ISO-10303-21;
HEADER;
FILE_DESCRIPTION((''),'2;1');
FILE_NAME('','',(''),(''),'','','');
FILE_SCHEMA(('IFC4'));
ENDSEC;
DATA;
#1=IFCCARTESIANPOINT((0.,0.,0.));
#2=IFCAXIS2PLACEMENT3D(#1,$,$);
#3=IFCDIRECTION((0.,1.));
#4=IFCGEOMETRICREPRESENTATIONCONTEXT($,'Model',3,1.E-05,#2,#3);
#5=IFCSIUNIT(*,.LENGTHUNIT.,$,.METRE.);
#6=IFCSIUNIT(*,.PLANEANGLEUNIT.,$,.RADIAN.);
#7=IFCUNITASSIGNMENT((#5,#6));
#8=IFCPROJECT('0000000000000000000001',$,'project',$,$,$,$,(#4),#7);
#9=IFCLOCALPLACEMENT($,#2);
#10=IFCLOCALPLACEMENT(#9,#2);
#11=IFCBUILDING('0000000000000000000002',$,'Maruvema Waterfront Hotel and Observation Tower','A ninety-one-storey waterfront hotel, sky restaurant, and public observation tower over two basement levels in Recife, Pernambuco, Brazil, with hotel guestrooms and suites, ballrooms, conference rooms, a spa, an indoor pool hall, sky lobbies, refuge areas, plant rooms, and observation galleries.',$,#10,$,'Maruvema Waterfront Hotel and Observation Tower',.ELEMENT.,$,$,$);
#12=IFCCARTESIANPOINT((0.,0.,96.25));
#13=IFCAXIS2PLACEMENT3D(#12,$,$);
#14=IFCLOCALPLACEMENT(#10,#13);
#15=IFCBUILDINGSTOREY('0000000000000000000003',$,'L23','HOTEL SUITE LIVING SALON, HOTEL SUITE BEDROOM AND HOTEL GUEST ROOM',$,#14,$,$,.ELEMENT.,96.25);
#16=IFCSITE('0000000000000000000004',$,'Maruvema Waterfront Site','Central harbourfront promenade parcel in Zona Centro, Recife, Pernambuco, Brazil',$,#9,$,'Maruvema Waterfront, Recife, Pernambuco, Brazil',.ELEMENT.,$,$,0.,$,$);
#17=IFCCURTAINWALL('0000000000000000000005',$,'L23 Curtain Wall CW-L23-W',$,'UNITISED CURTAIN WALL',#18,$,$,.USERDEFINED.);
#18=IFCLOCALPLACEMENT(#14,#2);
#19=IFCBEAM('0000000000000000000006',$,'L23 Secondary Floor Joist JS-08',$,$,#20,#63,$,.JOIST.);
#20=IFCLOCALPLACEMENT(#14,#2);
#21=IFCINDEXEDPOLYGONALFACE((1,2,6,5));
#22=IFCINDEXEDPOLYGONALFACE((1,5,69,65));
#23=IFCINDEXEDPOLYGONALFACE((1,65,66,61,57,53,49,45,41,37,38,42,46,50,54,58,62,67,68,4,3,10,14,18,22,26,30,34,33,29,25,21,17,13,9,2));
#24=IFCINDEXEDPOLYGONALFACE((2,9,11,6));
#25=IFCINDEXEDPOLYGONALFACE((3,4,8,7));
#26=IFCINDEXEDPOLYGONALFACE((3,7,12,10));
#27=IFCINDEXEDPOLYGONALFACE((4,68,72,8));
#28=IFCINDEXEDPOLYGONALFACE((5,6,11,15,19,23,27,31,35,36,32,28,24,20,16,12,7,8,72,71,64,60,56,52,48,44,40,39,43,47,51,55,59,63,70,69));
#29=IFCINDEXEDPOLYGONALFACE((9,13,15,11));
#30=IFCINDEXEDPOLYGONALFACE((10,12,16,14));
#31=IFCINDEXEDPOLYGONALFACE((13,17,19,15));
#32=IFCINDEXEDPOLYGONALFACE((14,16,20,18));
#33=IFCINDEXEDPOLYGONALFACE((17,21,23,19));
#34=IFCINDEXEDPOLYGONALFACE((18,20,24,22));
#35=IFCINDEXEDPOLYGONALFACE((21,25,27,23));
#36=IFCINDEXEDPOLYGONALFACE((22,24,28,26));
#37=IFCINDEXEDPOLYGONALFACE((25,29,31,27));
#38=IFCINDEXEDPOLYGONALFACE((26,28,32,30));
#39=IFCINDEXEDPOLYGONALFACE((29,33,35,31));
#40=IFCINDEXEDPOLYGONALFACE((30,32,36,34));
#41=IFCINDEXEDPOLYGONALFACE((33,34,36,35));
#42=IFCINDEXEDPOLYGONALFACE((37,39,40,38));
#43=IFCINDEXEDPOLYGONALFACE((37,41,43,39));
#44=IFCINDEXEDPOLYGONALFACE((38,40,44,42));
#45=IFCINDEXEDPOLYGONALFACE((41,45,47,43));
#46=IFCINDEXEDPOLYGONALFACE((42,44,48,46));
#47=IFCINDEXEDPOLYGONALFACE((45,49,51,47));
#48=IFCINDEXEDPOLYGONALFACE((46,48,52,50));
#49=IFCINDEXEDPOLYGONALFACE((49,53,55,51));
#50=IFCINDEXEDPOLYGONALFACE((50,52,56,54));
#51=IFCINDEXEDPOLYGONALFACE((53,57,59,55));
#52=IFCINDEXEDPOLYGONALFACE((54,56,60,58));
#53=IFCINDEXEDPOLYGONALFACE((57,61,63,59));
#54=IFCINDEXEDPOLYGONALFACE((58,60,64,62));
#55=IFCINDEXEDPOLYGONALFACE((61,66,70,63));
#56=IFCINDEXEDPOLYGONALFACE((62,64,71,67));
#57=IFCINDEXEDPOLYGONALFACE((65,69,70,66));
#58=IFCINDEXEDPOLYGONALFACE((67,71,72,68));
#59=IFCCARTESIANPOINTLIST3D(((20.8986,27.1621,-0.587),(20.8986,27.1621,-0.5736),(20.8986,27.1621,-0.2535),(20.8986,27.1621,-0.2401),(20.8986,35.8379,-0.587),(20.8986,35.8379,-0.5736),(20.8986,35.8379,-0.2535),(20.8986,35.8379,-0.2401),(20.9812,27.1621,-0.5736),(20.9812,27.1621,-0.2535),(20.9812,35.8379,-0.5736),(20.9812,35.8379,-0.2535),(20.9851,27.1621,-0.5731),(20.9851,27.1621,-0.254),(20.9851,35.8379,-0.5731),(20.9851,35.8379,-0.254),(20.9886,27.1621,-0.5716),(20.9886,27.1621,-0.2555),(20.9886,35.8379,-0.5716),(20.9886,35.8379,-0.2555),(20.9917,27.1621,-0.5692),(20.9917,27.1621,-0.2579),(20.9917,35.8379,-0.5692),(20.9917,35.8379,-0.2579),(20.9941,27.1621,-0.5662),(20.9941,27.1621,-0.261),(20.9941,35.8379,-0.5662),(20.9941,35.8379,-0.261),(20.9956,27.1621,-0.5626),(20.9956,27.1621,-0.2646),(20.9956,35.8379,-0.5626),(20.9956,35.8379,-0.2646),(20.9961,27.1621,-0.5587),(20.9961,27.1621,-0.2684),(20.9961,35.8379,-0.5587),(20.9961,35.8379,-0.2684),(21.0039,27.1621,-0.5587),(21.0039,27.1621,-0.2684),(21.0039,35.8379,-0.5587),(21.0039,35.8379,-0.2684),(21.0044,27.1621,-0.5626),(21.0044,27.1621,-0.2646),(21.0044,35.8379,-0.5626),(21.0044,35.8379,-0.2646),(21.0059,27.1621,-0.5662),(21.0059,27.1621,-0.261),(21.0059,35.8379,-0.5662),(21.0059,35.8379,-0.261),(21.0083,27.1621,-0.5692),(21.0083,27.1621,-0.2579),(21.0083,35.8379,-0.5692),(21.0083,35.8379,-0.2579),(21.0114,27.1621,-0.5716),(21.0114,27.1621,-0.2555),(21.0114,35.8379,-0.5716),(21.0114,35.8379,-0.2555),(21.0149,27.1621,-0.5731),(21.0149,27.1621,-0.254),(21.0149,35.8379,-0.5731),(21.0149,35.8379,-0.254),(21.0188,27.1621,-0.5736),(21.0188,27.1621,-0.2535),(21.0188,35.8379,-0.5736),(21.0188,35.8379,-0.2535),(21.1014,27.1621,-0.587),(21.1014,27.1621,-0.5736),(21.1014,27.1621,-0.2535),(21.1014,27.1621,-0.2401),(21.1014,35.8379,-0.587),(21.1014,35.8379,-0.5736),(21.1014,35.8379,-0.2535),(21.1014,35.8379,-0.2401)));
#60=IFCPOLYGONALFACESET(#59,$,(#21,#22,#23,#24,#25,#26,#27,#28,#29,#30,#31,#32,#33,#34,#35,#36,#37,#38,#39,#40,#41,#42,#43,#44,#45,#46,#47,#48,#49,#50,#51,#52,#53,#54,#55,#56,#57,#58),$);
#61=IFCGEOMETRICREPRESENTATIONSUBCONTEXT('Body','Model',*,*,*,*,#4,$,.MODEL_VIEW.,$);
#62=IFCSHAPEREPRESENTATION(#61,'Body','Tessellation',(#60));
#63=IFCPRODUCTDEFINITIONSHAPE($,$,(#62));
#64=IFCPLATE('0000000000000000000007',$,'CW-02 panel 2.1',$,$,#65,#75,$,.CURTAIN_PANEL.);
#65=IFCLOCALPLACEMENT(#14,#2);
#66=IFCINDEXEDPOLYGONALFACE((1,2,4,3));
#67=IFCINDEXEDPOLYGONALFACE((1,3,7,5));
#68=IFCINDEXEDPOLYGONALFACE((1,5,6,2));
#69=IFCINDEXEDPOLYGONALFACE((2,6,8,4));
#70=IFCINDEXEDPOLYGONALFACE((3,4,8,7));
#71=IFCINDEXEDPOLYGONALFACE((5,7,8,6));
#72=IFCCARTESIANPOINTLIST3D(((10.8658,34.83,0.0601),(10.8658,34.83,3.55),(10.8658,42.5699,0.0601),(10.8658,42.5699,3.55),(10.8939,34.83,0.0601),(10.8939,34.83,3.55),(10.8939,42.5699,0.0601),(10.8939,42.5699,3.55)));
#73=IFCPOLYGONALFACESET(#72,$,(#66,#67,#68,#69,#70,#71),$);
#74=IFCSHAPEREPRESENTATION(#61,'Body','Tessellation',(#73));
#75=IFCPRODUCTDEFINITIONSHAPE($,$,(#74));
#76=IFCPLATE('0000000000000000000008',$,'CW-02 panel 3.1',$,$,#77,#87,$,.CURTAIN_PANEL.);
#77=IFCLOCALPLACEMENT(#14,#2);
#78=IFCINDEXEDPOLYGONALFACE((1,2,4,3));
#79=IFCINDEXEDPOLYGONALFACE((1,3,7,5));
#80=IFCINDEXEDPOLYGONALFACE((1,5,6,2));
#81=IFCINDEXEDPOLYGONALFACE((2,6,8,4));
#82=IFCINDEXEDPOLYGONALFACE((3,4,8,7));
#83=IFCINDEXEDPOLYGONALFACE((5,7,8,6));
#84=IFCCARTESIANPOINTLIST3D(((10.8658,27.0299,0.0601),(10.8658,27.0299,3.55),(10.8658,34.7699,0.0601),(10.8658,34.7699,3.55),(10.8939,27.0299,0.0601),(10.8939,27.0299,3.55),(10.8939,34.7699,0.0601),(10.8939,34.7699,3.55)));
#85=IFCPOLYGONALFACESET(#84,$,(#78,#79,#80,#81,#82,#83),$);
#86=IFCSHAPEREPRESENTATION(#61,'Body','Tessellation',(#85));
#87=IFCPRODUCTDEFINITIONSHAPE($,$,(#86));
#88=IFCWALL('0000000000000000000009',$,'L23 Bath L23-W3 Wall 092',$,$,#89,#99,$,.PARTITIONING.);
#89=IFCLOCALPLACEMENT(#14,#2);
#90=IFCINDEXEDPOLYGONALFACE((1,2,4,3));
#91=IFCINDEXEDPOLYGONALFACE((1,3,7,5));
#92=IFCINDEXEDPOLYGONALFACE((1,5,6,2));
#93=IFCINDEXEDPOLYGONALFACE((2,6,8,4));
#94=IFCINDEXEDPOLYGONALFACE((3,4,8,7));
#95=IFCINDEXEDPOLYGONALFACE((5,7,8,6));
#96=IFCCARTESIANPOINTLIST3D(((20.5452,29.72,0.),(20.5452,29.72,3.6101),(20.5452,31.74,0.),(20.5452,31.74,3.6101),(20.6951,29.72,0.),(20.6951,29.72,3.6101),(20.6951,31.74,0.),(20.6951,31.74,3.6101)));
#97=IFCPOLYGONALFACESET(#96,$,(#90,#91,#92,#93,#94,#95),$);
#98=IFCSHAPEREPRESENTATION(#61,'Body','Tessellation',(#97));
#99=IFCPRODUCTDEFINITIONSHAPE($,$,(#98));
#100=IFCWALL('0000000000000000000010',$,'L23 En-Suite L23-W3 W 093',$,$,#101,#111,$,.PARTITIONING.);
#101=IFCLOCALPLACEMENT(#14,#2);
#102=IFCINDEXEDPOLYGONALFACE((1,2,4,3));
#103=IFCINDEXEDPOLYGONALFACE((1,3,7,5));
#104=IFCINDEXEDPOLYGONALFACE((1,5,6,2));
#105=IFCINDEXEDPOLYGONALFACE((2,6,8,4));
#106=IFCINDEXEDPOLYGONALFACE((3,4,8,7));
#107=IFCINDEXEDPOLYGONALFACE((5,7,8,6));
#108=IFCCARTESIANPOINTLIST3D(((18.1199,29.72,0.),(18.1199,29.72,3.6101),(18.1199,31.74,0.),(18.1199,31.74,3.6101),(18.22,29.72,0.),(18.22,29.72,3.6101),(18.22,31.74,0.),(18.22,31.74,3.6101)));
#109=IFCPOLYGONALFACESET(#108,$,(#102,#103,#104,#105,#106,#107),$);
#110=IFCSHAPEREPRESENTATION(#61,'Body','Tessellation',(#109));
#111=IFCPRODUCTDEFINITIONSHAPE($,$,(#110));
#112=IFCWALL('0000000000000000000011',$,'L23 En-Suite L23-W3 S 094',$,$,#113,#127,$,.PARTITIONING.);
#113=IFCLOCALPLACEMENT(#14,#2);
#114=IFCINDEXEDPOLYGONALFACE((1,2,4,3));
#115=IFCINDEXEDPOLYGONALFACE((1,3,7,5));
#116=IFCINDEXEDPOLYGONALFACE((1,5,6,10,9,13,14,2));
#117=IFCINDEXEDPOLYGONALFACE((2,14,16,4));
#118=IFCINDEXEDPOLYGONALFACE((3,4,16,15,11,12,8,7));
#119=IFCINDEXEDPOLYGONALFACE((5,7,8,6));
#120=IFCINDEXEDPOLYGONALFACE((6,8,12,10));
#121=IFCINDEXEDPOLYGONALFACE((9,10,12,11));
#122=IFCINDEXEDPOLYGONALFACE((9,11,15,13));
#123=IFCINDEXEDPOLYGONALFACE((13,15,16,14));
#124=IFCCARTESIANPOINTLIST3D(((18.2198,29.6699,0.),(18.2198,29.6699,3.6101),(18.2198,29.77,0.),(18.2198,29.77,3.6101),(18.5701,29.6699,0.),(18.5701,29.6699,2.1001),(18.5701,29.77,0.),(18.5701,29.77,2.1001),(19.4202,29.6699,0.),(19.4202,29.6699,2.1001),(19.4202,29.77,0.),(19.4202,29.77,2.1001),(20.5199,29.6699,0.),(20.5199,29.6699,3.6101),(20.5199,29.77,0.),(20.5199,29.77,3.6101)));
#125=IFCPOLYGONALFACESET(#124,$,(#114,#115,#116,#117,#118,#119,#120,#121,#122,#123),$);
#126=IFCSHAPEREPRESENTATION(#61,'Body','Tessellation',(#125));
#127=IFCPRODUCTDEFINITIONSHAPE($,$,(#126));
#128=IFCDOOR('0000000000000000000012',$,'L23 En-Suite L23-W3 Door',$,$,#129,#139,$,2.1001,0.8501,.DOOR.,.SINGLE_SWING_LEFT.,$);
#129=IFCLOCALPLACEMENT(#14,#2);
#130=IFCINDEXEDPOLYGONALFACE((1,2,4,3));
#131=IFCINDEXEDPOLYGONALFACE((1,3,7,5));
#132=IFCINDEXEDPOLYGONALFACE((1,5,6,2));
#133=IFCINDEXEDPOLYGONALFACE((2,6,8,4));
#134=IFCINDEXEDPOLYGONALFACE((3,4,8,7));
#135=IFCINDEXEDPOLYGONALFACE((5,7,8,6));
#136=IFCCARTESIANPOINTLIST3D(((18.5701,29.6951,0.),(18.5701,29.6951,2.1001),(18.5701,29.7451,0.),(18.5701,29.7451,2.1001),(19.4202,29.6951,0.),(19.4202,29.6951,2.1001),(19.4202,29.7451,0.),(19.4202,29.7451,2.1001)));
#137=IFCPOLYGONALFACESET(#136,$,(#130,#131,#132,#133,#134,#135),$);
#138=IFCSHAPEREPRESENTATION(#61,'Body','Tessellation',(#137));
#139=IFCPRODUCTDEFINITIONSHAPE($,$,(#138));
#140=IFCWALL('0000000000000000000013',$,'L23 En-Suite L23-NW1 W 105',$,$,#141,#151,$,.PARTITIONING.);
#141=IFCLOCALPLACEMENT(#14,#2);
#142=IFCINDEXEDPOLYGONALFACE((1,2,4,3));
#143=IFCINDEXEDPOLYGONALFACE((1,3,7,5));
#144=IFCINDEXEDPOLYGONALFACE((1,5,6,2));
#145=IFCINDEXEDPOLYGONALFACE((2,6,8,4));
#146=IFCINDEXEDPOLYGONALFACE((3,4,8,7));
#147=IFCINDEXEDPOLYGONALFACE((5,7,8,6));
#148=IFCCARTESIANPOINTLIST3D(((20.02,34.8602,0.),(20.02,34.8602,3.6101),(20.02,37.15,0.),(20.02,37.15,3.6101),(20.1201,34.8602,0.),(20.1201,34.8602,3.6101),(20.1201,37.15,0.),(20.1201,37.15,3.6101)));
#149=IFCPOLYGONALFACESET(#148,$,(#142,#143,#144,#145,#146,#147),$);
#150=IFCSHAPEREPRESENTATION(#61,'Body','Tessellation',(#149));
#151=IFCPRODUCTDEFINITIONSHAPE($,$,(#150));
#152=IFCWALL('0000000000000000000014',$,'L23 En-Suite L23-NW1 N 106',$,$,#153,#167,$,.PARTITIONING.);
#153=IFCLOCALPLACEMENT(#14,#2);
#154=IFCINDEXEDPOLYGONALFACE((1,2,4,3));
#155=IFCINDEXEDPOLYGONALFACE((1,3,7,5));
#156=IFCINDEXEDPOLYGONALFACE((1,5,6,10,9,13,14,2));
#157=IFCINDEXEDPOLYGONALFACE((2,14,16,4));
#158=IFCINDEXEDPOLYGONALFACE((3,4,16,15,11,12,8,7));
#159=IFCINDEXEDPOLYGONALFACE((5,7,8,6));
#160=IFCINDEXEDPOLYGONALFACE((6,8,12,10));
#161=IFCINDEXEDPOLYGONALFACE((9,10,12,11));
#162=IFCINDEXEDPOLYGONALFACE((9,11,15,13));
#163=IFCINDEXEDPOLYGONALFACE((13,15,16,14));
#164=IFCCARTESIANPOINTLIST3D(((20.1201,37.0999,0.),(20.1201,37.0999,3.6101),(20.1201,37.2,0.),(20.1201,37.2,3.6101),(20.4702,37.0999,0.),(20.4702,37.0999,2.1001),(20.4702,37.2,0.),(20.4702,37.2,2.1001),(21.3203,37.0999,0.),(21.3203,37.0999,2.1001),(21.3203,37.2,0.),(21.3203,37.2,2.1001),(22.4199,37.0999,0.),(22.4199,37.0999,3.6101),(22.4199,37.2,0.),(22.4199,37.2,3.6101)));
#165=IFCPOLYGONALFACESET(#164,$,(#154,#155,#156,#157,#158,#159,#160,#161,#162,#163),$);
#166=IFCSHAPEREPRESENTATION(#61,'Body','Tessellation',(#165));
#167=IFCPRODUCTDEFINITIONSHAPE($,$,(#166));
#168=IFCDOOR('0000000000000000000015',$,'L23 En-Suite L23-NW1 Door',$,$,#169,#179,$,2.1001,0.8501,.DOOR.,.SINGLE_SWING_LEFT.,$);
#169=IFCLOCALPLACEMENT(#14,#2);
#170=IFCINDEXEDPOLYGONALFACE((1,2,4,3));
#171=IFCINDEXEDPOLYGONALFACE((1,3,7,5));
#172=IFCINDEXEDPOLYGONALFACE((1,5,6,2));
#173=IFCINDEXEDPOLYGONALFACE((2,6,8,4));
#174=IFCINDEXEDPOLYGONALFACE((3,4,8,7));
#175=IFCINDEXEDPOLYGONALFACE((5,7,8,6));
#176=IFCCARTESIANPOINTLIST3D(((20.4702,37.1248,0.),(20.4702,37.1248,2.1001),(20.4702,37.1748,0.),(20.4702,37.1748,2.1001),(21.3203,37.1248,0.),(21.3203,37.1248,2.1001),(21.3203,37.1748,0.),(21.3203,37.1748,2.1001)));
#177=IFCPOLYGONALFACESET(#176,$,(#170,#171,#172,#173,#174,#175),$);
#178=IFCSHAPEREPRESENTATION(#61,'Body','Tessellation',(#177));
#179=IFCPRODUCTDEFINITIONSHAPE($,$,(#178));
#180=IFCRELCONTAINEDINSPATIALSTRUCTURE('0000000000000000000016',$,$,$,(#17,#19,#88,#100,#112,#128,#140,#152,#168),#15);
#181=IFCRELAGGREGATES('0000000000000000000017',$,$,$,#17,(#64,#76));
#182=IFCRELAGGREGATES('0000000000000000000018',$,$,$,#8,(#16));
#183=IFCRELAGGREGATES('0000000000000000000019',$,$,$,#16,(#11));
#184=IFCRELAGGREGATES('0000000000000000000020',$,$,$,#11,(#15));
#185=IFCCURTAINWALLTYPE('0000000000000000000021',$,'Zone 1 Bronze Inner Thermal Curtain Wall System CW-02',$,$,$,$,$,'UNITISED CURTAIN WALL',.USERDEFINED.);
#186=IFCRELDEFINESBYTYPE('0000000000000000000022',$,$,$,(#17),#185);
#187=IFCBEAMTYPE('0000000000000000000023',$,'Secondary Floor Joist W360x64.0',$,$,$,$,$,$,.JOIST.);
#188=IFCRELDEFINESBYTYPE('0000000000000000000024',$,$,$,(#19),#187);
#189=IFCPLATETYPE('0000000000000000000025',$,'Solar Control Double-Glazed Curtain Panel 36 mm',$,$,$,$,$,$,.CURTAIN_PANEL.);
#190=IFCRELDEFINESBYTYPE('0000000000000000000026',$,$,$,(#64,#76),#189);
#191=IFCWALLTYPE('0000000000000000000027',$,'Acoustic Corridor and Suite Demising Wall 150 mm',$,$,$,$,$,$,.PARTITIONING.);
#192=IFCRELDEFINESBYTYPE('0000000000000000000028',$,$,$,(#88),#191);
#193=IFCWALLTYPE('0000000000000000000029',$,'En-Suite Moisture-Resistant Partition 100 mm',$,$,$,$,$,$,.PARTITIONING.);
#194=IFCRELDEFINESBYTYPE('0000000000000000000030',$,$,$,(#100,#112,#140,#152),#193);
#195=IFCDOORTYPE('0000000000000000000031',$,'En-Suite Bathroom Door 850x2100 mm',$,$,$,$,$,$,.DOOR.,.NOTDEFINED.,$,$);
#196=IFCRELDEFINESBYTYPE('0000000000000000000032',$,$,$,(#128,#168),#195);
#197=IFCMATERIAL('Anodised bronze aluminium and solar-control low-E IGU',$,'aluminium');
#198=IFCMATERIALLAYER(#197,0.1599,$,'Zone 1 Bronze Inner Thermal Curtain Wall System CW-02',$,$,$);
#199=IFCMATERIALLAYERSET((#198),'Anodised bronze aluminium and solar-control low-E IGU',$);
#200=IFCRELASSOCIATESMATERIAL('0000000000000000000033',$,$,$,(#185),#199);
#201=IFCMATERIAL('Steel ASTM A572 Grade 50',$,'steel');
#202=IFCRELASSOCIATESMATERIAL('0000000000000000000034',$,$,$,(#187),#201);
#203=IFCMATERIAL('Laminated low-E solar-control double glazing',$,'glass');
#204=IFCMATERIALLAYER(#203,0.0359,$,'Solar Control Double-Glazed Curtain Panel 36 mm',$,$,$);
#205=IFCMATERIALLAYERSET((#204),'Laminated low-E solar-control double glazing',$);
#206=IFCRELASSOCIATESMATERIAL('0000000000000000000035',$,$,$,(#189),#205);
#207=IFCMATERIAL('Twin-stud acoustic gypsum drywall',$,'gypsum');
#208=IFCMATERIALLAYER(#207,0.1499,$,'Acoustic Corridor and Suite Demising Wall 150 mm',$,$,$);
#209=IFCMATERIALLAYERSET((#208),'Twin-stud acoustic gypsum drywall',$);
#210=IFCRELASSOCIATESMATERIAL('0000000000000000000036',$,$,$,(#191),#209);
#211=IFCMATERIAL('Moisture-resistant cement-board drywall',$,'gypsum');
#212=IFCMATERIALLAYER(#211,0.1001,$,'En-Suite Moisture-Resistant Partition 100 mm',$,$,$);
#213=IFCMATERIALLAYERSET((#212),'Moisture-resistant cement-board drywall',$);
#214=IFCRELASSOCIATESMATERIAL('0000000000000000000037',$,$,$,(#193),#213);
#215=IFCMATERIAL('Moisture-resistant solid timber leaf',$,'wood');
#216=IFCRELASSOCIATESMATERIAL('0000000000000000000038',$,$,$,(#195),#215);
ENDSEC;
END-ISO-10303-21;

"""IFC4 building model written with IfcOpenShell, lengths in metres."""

from ifc_helpers import new_model, si_unit, direction, frame, frame_2d, origin, origin_2d, place, context, subcontext, project, spatial, rectangle, i_section, extrude, material, layer, layer_set, material_profile, profile_set, type_object, element, fill, aggregate, save


model = new_model("IFC4")

# Units and contexts
model_context = context("Model", 3, precision=1e-05, world=origin(), true_north=direction((0.0, 1.0)))
body_context = subcontext(model_context, "Body", "Model", "MODEL_VIEW")
ifc_project = project(units=[si_unit("LENGTHUNIT", "METRE"), si_unit("PLANEANGLEUNIT", "RADIAN")], contexts=[model_context])

# Site, building, storey
site_placement = place(None, origin())
site = spatial("IfcSite", under=ifc_project, at=site_placement, Name="Maruvema Waterfront Site", Description="Central harbourfront promenade parcel in Zona Centro, Recife, Pernambuco, Brazil", LongName="Maruvema Waterfront, Recife, Pernambuco, Brazil", CompositionType="ELEMENT", RefElevation=0.0)
building_placement = place(site_placement, origin())
building = spatial("IfcBuilding", under=site, at=building_placement, Name="Maruvema Waterfront Hotel and Observation Tower", Description="A ninety-one-storey waterfront hotel, sky restaurant, and public observation tower over two basement levels in Recife, Pernambuco, Brazil, with hotel guestrooms and suites, ballrooms, conference rooms, a spa, an indoor pool hall, sky lobbies, refuge areas, plant rooms, and observation galleries.", LongName="Maruvema Waterfront Hotel and Observation Tower", CompositionType="ELEMENT")
storey_placement = place(building_placement, frame((0.0, 0.0, 96.25)))
storey = spatial("IfcBuildingStorey", under=building, at=storey_placement, Name="L23", Description="HOTEL SUITE LIVING SALON, HOTEL SUITE BEDROOM AND HOTEL GUEST ROOM", CompositionType="ELEMENT", Elevation=96.25)

# Curtain wall
ifc_material_1 = material(Name="Anodised bronze aluminium and solar-control low-E IGU", Category="aluminium")
ifc_layer_1 = layer(ifc_material_1, 0.1599, Name="Zone 1 Bronze Inner Thermal Curtain Wall System CW-02")
ifc_layer_set_1 = layer_set([ifc_layer_1], Name="Anodised bronze aluminium and solar-control low-E IGU")
curtain_wall_type = type_object("IfcCurtainWallType", Name="Zone 1 Bronze Inner Thermal Curtain Wall System CW-02", ElementType="UNITISED CURTAIN WALL", PredefinedType="USERDEFINED", material=ifc_layer_set_1)
curtain_wall_placement = place(storey_placement, origin())
curtain_wall = element("IfcCurtainWall", 1, at=curtain_wall_placement, inside=storey, type_object=curtain_wall_type, Name="L23 Curtain Wall CW-L23-W", ObjectType="UNITISED CURTAIN WALL", PredefinedType="USERDEFINED")

# Beam
ifc_material_2 = material(Name="Steel ASTM A572 Grade 50", Category="steel")
ifc_material_profile_1 = material_profile(ifc_material_2, i_section(OverallWidth=0.2029, OverallDepth=0.3469, WebThickness=0.0078, FlangeThickness=0.0134, FilletRadius=0.0149, at=origin_2d()), Name="W360x64.0")
ifc_profile_set_1 = profile_set([ifc_material_profile_1], Name="Steel ASTM A572 Grade 50")
beam_type_1 = type_object("IfcBeamType", Name="Secondary Floor Joist W360x64.0", PredefinedType="JOIST", material=ifc_profile_set_1)
beam_1_placement = place(storey_placement, frame((21.0, 27.1621, -0.4136), z_axis=(0.0, 1.0, 0.0), x_axis=(-1.0, 0.0, 0.0)))
element("IfcBeam", 2, at=beam_1_placement, inside=storey, type_object=beam_type_1, Name="L23 Secondary Floor Joist JS-08", PredefinedType="JOIST", context=body_context, shape_type="SweptSolid", body=[
    extrude(i_section(OverallWidth=0.2029, OverallDepth=0.3469, WebThickness=0.0078, FlangeThickness=0.0134, FilletRadius=0.0149, at=origin_2d()), origin(), (0.0, 0.0, 1.0), 8.6758),
])

# Plates
ifc_material_3 = material(Name="Laminated low-E solar-control double glazing", Category="glass")
ifc_layer_2 = layer(ifc_material_3, 0.0359, Name="Solar Control Double-Glazed Curtain Panel 36 mm")
ifc_layer_set_2 = layer_set([ifc_layer_2], Name="Laminated low-E solar-control double glazing")
plate_type = type_object("IfcPlateType", Name="Solar Control Double-Glazed Curtain Panel 36 mm", PredefinedType="CURTAIN_PANEL", material=ifc_layer_set_2)
plate_1_placement = place(storey_placement, frame((10.8799, 38.7, 0.0601), z_axis=(0.0, 0.0, 1.0), x_axis=(0.0, -1.0, 0.0)))
plate_1 = element("IfcPlate", 3, at=plate_1_placement, type_object=plate_type, Name="CW-02 panel 2.1", PredefinedType="CURTAIN_PANEL", context=body_context, shape_type="SweptSolid", body=[
    extrude(rectangle(XDim=7.74, YDim=0.0281, at=origin_2d()), origin(), (0.0, 0.0, 1.0), 3.49),
])
plate_2_placement = place(storey_placement, frame((10.8799, 30.8999, 0.0601), z_axis=(0.0, 0.0, 1.0), x_axis=(0.0, -1.0, 0.0)))
plate_2 = element("IfcPlate", 4, at=plate_2_placement, type_object=plate_type, Name="CW-02 panel 3.1", PredefinedType="CURTAIN_PANEL", context=body_context, shape_type="SweptSolid", body=[
    extrude(rectangle(XDim=7.74, YDim=0.0281, at=origin_2d()), origin(), (0.0, 0.0, 1.0), 3.49),
])
aggregate(curtain_wall, [plate_1, plate_2])

# Walls
ifc_material_4 = material(Name="Twin-stud acoustic gypsum drywall", Category="gypsum")
ifc_layer_3 = layer(ifc_material_4, 0.1499, Name="Acoustic Corridor and Suite Demising Wall 150 mm")
ifc_layer_set_3 = layer_set([ifc_layer_3], Name="Twin-stud acoustic gypsum drywall")
wall_type_1 = type_object("IfcWallType", Name="Acoustic Corridor and Suite Demising Wall 150 mm", PredefinedType="PARTITIONING", material=ifc_layer_set_3)
wall_1_placement = place(storey_placement, frame((20.6201, 29.72, 0.0), z_axis=(0.0, 0.0, 1.0), x_axis=(0.0, 1.0, 0.0)))
element("IfcWall", 5, at=wall_1_placement, inside=storey, type_object=wall_type_1, Name="L23 Bath L23-W3 Wall 092", PredefinedType="PARTITIONING", context=body_context, shape_type="SweptSolid", body=[
    extrude(rectangle(XDim=2.02, YDim=0.1499, at=frame_2d((1.01, 0.0))), origin(), (0.0, 0.0, 1.0), 3.6101),
])
ifc_material_5 = material(Name="Moisture-resistant cement-board drywall", Category="gypsum")
ifc_layer_4 = layer(ifc_material_5, 0.1001, Name="En-Suite Moisture-Resistant Partition 100 mm")
ifc_layer_set_4 = layer_set([ifc_layer_4], Name="Moisture-resistant cement-board drywall")
wall_type_2 = type_object("IfcWallType", Name="En-Suite Moisture-Resistant Partition 100 mm", PredefinedType="PARTITIONING", material=ifc_layer_set_4)
wall_2_placement = place(storey_placement, frame((18.1699, 29.72, 0.0), z_axis=(0.0, 0.0, 1.0), x_axis=(0.0, 1.0, 0.0)))
element("IfcWall", 6, at=wall_2_placement, inside=storey, type_object=wall_type_2, Name="L23 En-Suite L23-W3 W 093", PredefinedType="PARTITIONING", context=body_context, shape_type="SweptSolid", body=[
    extrude(rectangle(XDim=2.02, YDim=0.1001, at=frame_2d((1.01, 0.0))), origin(), (0.0, 0.0, 1.0), 3.6101),
])

# Wall, opening, door
wall_3_placement = place(storey_placement, frame((18.22, 29.72, 0.0), z_axis=(0.0, 0.0, 1.0), x_axis=(1.0, 0.0, 0.0)))
wall_3 = element("IfcWall", 7, at=wall_3_placement, inside=storey, type_object=wall_type_2, Name="L23 En-Suite L23-W3 S 094", PredefinedType="PARTITIONING", context=body_context, shape_type="SweptSolid", body=[
    extrude(rectangle(XDim=2.3, YDim=0.1001, at=frame_2d((1.1499, 0.0))), origin(), (0.0, 0.0, 1.0), 3.6101),
])
opening_1_placement = place(wall_3_placement, frame((0.3501, 0.0, 0.0)))
opening_1 = element("IfcOpeningElement", 8, at=opening_1_placement, cuts=wall_3, PredefinedType="OPENING", context=body_context, shape_type="SweptSolid", body=[
    extrude(rectangle(XDim=0.8501, YDim=2.1001, at=frame_2d((0.425, 1.05))), frame((0.0, 0.0601, 0.0), z_axis=(0.0, -1.0, 0.0), x_axis=(1.0, 0.0, 0.0)), (0.0, 0.0, 1.0), 0.1201),
])
ifc_material_6 = material(Name="Moisture-resistant solid timber leaf", Category="wood")
door_type_1 = type_object("IfcDoorType", Name="En-Suite Bathroom Door 850x2100 mm", OperationType="NOTDEFINED", PredefinedType="DOOR", material=ifc_material_6)
door_1_placement = place(opening_1_placement, frame((0.8501, 0.0, 0.0), z_axis=(0.0, 0.0, 1.0), x_axis=(-1.0, 0.0, 0.0)))
door_1 = element("IfcDoor", 9, at=door_1_placement, inside=storey, type_object=door_type_1, Name="L23 En-Suite L23-W3 Door", OperationType="SINGLE_SWING_LEFT", OverallHeight=2.1001, OverallWidth=0.8501, PredefinedType="DOOR", context=body_context, shape_type="SweptSolid", body=[
    extrude(rectangle(XDim=0.8501, YDim=2.1001, at=frame_2d((0.425, 1.05))), frame((0.0, 0.0249, 0.0), z_axis=(0.0, -1.0, 0.0), x_axis=(1.0, 0.0, 0.0)), (0.0, 0.0, 1.0), 0.05),
])
fill(opening_1, door_1)

# Wall
wall_4_placement = place(storey_placement, frame((20.0701, 34.8601, 0.0), z_axis=(0.0, 0.0, 1.0), x_axis=(0.0, 1.0, 0.0)))
element("IfcWall", 10, at=wall_4_placement, inside=storey, type_object=wall_type_2, Name="L23 En-Suite L23-NW1 W 105", PredefinedType="PARTITIONING", context=body_context, shape_type="SweptSolid", body=[
    extrude(rectangle(XDim=2.2898, YDim=0.1001, at=frame_2d((1.145, 0.0))), origin(), (0.0, 0.0, 1.0), 3.6101),
])

# Wall, opening, door
wall_5_placement = place(storey_placement, frame((20.1201, 37.1499, 0.0), z_axis=(0.0, 0.0, 1.0), x_axis=(1.0, 0.0, 0.0)))
wall_5 = element("IfcWall", 11, at=wall_5_placement, inside=storey, type_object=wall_type_2, Name="L23 En-Suite L23-NW1 N 106", PredefinedType="PARTITIONING", context=body_context, shape_type="SweptSolid", body=[
    extrude(rectangle(XDim=2.2998, YDim=0.1001, at=frame_2d((1.1499, 0.0))), origin(), (0.0, 0.0, 1.0), 3.6101),
])
opening_2_placement = place(wall_5_placement, frame((0.3501, 0.0, 0.0)))
opening_2 = element("IfcOpeningElement", 12, at=opening_2_placement, cuts=wall_5, PredefinedType="OPENING", context=body_context, shape_type="SweptSolid", body=[
    extrude(rectangle(XDim=0.8501, YDim=2.1001, at=frame_2d((0.425, 1.05))), frame((0.0, 0.0601, 0.0), z_axis=(0.0, -1.0, 0.0), x_axis=(1.0, 0.0, 0.0)), (0.0, 0.0, 1.0), 0.1201),
])
door_2_placement = place(opening_2_placement, origin())
door_2 = element("IfcDoor", 13, at=door_2_placement, inside=storey, type_object=door_type_1, Name="L23 En-Suite L23-NW1 Door", OperationType="SINGLE_SWING_LEFT", OverallHeight=2.1001, OverallWidth=0.8501, PredefinedType="DOOR", context=body_context, shape_type="SweptSolid", body=[
    extrude(rectangle(XDim=0.8501, YDim=2.1001, at=frame_2d((0.425, 1.05))), frame((0.0, 0.0249, 0.0), z_axis=(0.0, -1.0, 0.0), x_axis=(1.0, 0.0, 0.0)), (0.0, 0.0, 1.0), 0.05),
])
fill(opening_2, door_2)

save(model, "model.ifc")
